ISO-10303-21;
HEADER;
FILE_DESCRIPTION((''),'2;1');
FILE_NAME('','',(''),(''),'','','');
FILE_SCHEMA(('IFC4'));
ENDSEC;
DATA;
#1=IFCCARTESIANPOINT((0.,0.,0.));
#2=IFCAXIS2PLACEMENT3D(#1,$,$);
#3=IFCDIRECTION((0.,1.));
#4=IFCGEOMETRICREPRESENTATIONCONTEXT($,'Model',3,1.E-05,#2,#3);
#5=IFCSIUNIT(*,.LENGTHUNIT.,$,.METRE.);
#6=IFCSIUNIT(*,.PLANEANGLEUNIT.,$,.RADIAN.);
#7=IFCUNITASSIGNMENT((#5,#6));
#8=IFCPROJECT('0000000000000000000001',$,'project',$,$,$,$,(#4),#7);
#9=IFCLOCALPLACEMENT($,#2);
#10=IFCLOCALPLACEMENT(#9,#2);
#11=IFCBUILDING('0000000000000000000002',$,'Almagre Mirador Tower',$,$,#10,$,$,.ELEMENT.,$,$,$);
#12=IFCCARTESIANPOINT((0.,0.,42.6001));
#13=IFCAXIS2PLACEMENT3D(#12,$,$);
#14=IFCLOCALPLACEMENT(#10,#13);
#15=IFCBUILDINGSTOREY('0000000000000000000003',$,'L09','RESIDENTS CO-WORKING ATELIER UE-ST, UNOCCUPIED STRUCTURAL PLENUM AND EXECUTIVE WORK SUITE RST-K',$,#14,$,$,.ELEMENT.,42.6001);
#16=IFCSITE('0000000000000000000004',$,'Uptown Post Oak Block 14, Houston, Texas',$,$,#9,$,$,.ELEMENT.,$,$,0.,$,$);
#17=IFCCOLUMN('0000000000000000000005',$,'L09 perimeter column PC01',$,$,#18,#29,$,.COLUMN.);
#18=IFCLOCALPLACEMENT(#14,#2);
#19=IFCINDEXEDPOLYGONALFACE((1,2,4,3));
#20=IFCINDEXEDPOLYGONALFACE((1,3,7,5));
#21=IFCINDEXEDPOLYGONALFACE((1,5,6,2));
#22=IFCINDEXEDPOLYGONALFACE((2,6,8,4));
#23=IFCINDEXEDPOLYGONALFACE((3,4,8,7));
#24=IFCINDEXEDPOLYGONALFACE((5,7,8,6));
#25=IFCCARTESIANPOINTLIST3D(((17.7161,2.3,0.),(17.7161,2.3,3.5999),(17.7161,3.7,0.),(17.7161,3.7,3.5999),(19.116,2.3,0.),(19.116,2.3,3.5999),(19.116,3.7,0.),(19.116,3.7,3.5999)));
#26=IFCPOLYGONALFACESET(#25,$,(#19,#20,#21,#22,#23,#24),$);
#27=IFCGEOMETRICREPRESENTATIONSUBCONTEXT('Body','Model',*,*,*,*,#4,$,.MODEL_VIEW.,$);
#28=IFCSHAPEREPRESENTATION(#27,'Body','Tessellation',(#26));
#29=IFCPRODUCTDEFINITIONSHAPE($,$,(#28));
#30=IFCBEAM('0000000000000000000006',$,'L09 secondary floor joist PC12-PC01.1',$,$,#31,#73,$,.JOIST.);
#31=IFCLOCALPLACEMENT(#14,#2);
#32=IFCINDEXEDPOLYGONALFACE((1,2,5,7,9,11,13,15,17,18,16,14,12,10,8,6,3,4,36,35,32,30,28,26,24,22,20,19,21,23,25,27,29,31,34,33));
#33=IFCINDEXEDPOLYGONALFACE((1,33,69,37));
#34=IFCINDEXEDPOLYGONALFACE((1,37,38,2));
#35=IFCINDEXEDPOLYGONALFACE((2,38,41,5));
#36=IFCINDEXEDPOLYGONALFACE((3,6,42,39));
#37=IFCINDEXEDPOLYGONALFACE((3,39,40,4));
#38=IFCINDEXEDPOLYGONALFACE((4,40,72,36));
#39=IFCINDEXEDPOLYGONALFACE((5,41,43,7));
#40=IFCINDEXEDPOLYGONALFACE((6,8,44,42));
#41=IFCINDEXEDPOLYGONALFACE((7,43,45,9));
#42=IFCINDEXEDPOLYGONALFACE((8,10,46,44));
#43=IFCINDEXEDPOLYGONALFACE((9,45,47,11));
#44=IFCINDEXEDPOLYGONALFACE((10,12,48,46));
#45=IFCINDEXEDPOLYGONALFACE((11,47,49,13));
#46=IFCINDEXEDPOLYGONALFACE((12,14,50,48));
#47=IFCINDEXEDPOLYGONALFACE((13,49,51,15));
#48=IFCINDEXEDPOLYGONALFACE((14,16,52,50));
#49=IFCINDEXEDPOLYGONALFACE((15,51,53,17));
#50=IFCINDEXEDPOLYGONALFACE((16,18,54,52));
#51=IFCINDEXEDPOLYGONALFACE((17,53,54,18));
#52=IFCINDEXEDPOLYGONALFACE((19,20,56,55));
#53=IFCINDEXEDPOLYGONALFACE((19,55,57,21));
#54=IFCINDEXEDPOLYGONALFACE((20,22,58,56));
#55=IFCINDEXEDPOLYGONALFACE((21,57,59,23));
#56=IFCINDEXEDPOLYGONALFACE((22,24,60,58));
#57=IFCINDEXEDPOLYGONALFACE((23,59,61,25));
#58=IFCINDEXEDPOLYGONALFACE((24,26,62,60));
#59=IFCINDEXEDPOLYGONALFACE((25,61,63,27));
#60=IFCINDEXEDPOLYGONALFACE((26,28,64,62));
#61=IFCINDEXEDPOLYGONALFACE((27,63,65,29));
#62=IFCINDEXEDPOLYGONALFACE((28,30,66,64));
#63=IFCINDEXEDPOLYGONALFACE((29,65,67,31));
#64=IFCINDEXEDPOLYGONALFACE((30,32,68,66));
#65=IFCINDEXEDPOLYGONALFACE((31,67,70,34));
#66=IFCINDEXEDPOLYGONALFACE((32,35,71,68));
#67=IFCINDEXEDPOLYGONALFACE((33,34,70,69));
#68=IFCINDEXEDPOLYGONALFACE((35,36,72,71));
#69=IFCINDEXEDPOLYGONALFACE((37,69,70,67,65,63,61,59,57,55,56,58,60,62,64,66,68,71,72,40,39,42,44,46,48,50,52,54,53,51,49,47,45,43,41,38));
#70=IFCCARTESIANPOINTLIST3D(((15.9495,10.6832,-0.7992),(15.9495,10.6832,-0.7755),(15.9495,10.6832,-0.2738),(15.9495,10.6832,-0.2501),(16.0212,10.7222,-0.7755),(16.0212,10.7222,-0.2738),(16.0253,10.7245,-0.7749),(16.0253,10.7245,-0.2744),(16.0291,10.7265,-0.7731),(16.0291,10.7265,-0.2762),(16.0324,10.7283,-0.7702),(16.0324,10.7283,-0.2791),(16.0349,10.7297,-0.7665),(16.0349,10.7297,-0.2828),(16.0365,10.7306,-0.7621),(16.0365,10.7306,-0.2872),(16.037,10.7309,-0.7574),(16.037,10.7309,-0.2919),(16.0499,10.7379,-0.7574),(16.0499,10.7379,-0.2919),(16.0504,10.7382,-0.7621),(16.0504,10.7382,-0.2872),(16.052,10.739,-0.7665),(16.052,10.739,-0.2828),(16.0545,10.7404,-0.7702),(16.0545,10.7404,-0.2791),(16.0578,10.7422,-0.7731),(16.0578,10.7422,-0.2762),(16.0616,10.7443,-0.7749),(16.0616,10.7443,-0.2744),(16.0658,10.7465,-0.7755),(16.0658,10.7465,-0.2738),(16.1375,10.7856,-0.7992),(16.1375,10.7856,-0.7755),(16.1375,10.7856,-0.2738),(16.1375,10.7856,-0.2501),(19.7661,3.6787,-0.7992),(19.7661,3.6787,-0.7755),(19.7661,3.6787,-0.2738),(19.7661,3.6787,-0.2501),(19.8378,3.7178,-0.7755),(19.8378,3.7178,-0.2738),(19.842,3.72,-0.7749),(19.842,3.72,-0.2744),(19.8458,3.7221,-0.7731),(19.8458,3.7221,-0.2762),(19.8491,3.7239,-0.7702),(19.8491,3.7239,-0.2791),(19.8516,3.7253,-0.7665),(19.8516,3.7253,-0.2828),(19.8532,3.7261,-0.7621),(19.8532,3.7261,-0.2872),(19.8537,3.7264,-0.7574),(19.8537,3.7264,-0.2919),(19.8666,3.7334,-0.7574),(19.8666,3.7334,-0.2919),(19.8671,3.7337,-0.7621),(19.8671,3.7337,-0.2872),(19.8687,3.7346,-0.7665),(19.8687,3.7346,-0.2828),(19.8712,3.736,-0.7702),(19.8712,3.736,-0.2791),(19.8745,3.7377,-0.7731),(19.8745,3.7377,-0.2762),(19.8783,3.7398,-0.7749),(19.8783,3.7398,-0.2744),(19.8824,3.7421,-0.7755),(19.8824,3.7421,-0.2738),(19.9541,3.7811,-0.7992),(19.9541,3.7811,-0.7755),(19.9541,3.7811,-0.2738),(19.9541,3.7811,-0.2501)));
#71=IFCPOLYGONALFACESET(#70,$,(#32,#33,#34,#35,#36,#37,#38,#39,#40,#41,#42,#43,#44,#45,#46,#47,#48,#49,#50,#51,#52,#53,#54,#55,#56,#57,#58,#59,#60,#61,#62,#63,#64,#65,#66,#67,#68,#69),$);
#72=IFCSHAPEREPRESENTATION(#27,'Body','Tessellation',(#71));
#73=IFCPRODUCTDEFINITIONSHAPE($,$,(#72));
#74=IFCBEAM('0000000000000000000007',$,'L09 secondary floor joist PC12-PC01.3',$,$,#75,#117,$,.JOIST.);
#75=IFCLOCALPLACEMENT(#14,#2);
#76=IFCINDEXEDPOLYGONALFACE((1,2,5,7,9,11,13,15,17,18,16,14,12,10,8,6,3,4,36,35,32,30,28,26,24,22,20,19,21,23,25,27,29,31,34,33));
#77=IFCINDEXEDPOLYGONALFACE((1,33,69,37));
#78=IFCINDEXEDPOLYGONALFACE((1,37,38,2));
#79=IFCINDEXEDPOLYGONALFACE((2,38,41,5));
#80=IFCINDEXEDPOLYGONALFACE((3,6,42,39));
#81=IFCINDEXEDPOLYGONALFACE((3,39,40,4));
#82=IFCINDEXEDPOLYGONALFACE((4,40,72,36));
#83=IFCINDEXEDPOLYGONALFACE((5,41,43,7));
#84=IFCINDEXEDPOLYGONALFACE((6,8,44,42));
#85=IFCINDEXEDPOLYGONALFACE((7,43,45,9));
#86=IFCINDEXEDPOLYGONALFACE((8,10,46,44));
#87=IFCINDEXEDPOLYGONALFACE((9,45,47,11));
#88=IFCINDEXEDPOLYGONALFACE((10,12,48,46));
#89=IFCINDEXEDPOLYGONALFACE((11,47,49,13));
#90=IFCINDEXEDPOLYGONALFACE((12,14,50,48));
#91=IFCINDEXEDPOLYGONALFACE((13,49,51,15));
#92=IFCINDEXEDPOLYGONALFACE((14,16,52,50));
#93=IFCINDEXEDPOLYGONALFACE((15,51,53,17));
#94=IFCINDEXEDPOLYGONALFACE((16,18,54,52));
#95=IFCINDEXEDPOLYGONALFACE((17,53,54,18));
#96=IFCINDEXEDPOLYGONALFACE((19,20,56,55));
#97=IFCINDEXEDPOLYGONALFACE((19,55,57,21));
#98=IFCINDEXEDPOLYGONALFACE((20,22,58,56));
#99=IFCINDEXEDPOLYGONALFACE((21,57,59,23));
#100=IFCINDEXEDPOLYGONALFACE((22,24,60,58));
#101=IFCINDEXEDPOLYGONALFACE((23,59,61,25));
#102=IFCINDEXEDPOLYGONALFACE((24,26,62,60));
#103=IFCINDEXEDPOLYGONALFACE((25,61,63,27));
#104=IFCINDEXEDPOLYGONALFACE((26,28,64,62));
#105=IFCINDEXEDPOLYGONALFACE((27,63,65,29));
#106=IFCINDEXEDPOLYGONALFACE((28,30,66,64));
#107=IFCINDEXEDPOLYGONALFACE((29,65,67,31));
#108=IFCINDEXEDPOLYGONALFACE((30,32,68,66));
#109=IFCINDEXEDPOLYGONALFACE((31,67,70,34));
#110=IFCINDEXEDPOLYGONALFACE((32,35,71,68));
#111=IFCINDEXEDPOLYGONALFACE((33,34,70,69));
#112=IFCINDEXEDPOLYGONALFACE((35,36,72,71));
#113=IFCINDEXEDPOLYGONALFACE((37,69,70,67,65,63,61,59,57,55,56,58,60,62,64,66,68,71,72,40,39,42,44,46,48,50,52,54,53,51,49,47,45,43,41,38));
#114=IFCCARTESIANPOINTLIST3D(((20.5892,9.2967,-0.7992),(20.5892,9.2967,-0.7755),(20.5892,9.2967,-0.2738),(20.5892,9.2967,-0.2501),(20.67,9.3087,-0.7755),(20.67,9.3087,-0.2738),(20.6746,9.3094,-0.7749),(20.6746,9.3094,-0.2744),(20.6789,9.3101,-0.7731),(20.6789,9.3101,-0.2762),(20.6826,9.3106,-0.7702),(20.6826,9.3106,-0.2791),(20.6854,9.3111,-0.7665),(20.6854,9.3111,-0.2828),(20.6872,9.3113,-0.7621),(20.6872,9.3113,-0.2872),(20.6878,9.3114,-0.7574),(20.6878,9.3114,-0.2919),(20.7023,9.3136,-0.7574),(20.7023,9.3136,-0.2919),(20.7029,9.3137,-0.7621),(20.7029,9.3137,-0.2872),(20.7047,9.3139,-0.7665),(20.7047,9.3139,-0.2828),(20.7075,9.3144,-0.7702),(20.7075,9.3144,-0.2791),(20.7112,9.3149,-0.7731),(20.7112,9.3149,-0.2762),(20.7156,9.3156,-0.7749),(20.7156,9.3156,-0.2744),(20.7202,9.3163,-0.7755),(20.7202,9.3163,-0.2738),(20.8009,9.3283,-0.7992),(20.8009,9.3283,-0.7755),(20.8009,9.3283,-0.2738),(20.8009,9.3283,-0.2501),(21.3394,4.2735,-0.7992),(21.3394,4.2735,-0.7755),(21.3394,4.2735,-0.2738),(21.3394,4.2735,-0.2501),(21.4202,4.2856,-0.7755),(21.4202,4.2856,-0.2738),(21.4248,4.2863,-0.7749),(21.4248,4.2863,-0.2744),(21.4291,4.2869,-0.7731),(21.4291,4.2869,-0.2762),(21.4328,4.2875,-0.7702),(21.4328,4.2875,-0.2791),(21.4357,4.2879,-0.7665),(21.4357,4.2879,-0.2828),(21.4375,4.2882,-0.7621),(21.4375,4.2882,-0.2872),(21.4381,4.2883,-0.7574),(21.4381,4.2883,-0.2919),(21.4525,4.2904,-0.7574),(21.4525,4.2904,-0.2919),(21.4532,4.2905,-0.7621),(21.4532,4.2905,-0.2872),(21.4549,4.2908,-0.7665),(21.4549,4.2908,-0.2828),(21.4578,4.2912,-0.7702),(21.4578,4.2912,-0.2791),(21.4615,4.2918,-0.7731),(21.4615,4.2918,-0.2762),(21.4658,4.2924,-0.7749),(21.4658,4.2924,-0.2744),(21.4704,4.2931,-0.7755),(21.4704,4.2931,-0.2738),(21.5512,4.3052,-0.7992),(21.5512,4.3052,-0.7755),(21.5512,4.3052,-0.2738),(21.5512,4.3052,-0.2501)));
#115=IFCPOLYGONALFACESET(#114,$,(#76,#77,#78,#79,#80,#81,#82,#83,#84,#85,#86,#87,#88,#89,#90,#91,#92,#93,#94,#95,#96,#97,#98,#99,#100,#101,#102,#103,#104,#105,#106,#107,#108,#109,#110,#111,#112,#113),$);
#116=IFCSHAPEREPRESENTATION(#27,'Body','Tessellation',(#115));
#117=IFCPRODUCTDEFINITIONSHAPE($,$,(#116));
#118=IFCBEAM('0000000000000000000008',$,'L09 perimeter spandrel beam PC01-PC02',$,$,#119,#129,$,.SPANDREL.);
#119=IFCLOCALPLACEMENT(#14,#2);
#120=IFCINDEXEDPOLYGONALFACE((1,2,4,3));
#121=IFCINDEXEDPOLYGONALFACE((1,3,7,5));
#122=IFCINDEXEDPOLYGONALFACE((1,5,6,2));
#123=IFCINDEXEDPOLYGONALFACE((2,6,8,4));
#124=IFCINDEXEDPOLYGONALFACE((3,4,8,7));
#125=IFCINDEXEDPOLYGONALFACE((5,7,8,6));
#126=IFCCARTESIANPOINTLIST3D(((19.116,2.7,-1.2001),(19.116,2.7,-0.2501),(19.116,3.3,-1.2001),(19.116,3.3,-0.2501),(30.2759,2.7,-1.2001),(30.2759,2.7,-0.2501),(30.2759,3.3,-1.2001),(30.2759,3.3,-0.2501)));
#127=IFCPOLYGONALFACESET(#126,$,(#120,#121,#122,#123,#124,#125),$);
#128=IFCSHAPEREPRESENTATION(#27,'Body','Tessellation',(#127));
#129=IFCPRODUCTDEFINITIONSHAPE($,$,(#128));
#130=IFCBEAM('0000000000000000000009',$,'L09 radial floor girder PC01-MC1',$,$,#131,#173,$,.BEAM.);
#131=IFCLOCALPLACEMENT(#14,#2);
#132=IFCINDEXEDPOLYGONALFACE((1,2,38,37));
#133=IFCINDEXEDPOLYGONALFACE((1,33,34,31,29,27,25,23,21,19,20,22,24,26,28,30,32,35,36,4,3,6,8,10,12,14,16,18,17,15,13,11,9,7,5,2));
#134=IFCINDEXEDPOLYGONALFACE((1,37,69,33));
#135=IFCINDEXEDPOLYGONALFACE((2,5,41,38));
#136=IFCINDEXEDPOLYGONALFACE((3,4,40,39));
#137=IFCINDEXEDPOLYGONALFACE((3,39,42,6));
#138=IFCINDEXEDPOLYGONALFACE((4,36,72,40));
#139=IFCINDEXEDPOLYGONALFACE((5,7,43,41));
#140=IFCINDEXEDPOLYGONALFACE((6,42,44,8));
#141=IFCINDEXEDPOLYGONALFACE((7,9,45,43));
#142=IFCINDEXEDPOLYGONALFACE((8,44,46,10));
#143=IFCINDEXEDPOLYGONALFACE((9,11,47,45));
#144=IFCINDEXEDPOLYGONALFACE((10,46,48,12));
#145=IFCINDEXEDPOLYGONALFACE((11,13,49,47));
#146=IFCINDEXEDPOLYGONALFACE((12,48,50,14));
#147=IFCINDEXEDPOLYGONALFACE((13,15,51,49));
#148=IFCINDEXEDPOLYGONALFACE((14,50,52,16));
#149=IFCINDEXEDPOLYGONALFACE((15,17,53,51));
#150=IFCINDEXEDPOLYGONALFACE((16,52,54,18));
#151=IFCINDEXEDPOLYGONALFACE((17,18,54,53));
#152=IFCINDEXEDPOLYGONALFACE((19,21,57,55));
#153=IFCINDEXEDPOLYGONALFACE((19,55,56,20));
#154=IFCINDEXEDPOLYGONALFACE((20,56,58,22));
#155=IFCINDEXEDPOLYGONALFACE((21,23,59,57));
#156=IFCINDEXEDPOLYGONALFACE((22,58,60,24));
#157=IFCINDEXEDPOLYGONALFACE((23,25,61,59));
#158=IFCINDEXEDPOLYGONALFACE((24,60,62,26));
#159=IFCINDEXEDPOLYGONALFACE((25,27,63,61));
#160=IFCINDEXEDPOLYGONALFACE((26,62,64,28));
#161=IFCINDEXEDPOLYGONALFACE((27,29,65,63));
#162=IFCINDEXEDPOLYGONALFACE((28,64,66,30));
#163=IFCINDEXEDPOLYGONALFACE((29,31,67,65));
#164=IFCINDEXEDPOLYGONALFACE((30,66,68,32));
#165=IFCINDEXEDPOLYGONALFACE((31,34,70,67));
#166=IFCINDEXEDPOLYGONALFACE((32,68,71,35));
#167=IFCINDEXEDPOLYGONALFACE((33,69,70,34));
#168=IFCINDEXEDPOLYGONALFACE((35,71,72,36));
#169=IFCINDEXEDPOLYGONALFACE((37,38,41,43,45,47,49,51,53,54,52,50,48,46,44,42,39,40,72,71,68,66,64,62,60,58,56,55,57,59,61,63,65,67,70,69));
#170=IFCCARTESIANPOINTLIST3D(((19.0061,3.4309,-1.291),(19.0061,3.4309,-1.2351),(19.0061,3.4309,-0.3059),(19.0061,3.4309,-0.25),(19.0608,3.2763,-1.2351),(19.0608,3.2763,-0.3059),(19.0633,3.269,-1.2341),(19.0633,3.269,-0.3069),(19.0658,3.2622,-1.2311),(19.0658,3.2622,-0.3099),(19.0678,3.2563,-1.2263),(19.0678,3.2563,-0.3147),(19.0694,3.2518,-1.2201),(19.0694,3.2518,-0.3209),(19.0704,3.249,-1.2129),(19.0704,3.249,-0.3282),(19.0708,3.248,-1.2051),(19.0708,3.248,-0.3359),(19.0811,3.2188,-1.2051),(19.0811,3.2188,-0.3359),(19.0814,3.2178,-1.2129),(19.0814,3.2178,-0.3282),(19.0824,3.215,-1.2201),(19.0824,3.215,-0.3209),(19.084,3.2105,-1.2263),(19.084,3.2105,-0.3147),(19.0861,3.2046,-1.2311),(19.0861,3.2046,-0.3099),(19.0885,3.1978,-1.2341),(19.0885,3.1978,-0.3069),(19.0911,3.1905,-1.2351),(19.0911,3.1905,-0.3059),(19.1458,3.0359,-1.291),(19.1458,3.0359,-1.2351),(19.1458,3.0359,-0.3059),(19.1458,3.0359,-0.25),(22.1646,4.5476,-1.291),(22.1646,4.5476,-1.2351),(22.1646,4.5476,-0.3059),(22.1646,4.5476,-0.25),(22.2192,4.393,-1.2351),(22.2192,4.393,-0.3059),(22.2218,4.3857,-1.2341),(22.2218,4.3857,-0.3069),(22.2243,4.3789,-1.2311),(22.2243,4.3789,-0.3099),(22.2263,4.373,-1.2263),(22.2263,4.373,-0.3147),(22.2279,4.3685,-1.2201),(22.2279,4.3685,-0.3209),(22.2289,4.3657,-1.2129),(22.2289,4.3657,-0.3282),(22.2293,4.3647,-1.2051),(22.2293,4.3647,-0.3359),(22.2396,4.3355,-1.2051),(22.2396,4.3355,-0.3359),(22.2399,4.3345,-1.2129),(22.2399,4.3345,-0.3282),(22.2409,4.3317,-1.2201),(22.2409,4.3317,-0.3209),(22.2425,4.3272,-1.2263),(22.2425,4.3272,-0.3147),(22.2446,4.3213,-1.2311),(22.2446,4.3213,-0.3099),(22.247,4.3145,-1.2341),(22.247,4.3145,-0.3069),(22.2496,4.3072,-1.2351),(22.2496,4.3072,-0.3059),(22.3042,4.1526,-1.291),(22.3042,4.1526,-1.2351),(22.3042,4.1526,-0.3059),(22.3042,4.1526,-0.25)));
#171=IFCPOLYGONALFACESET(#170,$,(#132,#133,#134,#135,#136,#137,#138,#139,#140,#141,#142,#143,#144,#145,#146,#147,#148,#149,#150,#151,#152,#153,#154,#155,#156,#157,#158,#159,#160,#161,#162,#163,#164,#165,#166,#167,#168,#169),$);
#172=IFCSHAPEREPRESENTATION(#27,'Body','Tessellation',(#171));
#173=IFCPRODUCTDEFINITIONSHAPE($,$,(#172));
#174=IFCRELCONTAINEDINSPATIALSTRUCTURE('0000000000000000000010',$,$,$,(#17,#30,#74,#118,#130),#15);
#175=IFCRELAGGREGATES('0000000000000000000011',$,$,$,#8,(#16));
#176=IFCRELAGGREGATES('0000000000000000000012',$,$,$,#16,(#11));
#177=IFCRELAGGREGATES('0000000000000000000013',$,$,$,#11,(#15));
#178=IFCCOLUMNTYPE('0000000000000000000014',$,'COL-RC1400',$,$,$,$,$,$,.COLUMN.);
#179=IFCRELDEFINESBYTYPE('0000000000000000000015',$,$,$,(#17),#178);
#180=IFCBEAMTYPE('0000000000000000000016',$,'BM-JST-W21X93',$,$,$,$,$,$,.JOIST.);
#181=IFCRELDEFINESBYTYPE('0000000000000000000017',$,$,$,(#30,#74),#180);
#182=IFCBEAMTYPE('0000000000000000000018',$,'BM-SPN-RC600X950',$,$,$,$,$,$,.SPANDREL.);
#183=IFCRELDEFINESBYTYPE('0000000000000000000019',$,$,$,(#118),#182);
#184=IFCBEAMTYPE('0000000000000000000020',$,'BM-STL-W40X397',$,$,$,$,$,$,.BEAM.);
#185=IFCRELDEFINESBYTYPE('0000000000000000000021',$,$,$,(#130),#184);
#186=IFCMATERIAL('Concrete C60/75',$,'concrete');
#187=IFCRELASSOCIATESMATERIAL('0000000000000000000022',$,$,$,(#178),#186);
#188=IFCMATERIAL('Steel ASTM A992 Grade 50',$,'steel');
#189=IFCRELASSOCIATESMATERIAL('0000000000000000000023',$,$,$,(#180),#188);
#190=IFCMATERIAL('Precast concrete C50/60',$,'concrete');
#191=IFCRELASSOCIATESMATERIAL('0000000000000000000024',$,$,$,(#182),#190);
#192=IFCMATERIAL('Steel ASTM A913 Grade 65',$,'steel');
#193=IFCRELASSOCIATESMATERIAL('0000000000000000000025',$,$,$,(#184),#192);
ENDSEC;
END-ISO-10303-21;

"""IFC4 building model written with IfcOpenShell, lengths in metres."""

from ifc_helpers import new_model, si_unit, direction, frame, origin, origin_2d, place, context, subcontext, project, spatial, rectangle, i_section, extrude, material, material_profile, profile_set, type_object, element, save


model = new_model("IFC4")

# Units and contexts
model_context = context("Model", 3, precision=1e-05, world=origin(), true_north=direction((0.0, 1.0)))
body_context = subcontext(model_context, "Body", "Model", "MODEL_VIEW")
ifc_project = project(units=[si_unit("LENGTHUNIT", "METRE"), si_unit("PLANEANGLEUNIT", "RADIAN")], contexts=[model_context])

# Site, building, storey
site_placement = place(None, origin())
site = spatial("IfcSite", under=ifc_project, at=site_placement, Name="Uptown Post Oak Block 14, Houston, Texas", CompositionType="ELEMENT", RefElevation=0.0)
building_placement = place(site_placement, origin())
building = spatial("IfcBuilding", under=site, at=building_placement, Name="Almagre Mirador Tower", CompositionType="ELEMENT")
storey_placement = place(building_placement, frame((0.0, 0.0, 42.6001)))
storey = spatial("IfcBuildingStorey", under=building, at=storey_placement, Name="L09", Description="RESIDENTS CO-WORKING ATELIER UE-ST, UNOCCUPIED STRUCTURAL PLENUM AND EXECUTIVE WORK SUITE RST-K", CompositionType="ELEMENT", Elevation=42.6001)

# Column
ifc_material_1 = material(Name="Concrete C60/75", Category="concrete")
ifc_material_profile_1 = material_profile(ifc_material_1, rectangle(XDim=1.3999, YDim=1.3999, at=origin_2d()), Name="RC1400X1400")
ifc_profile_set_1 = profile_set([ifc_material_profile_1], Name="Concrete C60/75")
column_type = type_object("IfcColumnType", Name="COL-RC1400", PredefinedType="COLUMN", material=ifc_profile_set_1)
column_placement = place(storey_placement, frame((18.416, 3.0, 0.0), z_axis=(0.0, 0.0, 1.0), x_axis=(1.0, 0.0, 0.0)))
element("IfcColumn", 1, at=column_placement, inside=storey, type_object=column_type, Name="L09 perimeter column PC01", PredefinedType="COLUMN", context=body_context, shape_type="SweptSolid", body=[
    extrude(rectangle(XDim=1.3999, YDim=1.3999, at=origin_2d()), origin(), (0.0, 0.0, 1.0), 3.5999),
])

# Beams
ifc_material_2 = material(Name="Steel ASTM A992 Grade 50", Category="steel")
ifc_material_profile_2 = material_profile(ifc_material_2, i_section(OverallWidth=0.2141, OverallDepth=0.5491, WebThickness=0.0146, FlangeThickness=0.0237, FilletRadius=0.0181, at=origin_2d()), Name="W21X93")
ifc_profile_set_2 = profile_set([ifc_material_profile_2], Name="Steel ASTM A992 Grade 50")
beam_type_1 = type_object("IfcBeamType", Name="BM-JST-W21X93", PredefinedType="JOIST", material=ifc_profile_set_2)
beam_1_placement = place(storey_placement, frame((16.0435, 10.7344, -0.5247), z_axis=(0.478473, -0.878103, 0.0), x_axis=(0.878103, 0.478473, 0.0)))
element("IfcBeam", 2, at=beam_1_placement, inside=storey, type_object=beam_type_1, Name="L09 secondary floor joist PC12-PC01.1", PredefinedType="JOIST", context=body_context, shape_type="SweptSolid", body=[
    extrude(i_section(OverallWidth=0.2141, OverallDepth=0.5491, WebThickness=0.0146, FlangeThickness=0.0237, FilletRadius=0.0181, at=origin_2d()), origin(), (0.0, 0.0, 1.0), 7.9768),
])
beam_2_placement = place(storey_placement, frame((20.6951, 9.3125, -0.5247), z_axis=(0.147718, -0.98903, 0.0), x_axis=(0.98903, 0.147718, 0.0)))
element("IfcBeam", 3, at=beam_2_placement, inside=storey, type_object=beam_type_1, Name="L09 secondary floor joist PC12-PC01.3", PredefinedType="JOIST", context=body_context, shape_type="SweptSolid", body=[
    extrude(i_section(OverallWidth=0.2141, OverallDepth=0.5491, WebThickness=0.0146, FlangeThickness=0.0237, FilletRadius=0.0181, at=origin_2d()), origin(), (0.0, 0.0, 1.0), 5.0789),
])
ifc_material_3 = material(Name="Precast concrete C50/60", Category="concrete")
ifc_material_profile_3 = material_profile(ifc_material_3, rectangle(XDim=0.6001, YDim=0.95, at=origin_2d()), Name="RC600X950")
ifc_profile_set_3 = profile_set([ifc_material_profile_3], Name="Precast concrete C50/60")
beam_type_2 = type_object("IfcBeamType", Name="BM-SPN-RC600X950", PredefinedType="SPANDREL", material=ifc_profile_set_3)
beam_3_placement = place(storey_placement, frame((19.116, 3.0, -0.7251), z_axis=(1.0, 0.0, 0.0), x_axis=(0.0, 1.0, 0.0)))
element("IfcBeam", 4, at=beam_3_placement, inside=storey, type_object=beam_type_2, Name="L09 perimeter spandrel beam PC01-PC02", PredefinedType="SPANDREL", context=body_context, shape_type="SweptSolid", body=[
    extrude(rectangle(XDim=0.6001, YDim=0.95, at=origin_2d()), origin(), (0.0, 0.0, 1.0), 11.1599),
])
ifc_material_4 = material(Name="Steel ASTM A913 Grade 65", Category="steel")
ifc_material_profile_4 = material_profile(ifc_material_4, i_section(OverallWidth=0.4189, OverallDepth=1.041, WebThickness=0.031, FlangeThickness=0.0559, FilletRadius=0.03, at=origin_2d()), Name="W40X397")
ifc_profile_set_4 = profile_set([ifc_material_profile_4], Name="Steel ASTM A913 Grade 65")
beam_type_3 = type_object("IfcBeamType", Name="BM-STL-W40X397", PredefinedType="BEAM", material=ifc_profile_set_4)
beam_4_placement = place(storey_placement, frame((19.0759, 3.2334, -0.7705), z_axis=(0.942807, 0.333339, 0.0), x_axis=(-0.333339, 0.942807, 0.0)))
element("IfcBeam", 5, at=beam_4_placement, inside=storey, type_object=beam_type_3, Name="L09 radial floor girder PC01-MC1", PredefinedType="BEAM", context=body_context, shape_type="SweptSolid", body=[
    extrude(i_section(OverallWidth=0.4189, OverallDepth=1.041, WebThickness=0.031, FlangeThickness=0.0559, FilletRadius=0.03, at=origin_2d()), origin(), (0.0, 0.0, 1.0), 3.3501),
])

save(model, "model.ifc")
